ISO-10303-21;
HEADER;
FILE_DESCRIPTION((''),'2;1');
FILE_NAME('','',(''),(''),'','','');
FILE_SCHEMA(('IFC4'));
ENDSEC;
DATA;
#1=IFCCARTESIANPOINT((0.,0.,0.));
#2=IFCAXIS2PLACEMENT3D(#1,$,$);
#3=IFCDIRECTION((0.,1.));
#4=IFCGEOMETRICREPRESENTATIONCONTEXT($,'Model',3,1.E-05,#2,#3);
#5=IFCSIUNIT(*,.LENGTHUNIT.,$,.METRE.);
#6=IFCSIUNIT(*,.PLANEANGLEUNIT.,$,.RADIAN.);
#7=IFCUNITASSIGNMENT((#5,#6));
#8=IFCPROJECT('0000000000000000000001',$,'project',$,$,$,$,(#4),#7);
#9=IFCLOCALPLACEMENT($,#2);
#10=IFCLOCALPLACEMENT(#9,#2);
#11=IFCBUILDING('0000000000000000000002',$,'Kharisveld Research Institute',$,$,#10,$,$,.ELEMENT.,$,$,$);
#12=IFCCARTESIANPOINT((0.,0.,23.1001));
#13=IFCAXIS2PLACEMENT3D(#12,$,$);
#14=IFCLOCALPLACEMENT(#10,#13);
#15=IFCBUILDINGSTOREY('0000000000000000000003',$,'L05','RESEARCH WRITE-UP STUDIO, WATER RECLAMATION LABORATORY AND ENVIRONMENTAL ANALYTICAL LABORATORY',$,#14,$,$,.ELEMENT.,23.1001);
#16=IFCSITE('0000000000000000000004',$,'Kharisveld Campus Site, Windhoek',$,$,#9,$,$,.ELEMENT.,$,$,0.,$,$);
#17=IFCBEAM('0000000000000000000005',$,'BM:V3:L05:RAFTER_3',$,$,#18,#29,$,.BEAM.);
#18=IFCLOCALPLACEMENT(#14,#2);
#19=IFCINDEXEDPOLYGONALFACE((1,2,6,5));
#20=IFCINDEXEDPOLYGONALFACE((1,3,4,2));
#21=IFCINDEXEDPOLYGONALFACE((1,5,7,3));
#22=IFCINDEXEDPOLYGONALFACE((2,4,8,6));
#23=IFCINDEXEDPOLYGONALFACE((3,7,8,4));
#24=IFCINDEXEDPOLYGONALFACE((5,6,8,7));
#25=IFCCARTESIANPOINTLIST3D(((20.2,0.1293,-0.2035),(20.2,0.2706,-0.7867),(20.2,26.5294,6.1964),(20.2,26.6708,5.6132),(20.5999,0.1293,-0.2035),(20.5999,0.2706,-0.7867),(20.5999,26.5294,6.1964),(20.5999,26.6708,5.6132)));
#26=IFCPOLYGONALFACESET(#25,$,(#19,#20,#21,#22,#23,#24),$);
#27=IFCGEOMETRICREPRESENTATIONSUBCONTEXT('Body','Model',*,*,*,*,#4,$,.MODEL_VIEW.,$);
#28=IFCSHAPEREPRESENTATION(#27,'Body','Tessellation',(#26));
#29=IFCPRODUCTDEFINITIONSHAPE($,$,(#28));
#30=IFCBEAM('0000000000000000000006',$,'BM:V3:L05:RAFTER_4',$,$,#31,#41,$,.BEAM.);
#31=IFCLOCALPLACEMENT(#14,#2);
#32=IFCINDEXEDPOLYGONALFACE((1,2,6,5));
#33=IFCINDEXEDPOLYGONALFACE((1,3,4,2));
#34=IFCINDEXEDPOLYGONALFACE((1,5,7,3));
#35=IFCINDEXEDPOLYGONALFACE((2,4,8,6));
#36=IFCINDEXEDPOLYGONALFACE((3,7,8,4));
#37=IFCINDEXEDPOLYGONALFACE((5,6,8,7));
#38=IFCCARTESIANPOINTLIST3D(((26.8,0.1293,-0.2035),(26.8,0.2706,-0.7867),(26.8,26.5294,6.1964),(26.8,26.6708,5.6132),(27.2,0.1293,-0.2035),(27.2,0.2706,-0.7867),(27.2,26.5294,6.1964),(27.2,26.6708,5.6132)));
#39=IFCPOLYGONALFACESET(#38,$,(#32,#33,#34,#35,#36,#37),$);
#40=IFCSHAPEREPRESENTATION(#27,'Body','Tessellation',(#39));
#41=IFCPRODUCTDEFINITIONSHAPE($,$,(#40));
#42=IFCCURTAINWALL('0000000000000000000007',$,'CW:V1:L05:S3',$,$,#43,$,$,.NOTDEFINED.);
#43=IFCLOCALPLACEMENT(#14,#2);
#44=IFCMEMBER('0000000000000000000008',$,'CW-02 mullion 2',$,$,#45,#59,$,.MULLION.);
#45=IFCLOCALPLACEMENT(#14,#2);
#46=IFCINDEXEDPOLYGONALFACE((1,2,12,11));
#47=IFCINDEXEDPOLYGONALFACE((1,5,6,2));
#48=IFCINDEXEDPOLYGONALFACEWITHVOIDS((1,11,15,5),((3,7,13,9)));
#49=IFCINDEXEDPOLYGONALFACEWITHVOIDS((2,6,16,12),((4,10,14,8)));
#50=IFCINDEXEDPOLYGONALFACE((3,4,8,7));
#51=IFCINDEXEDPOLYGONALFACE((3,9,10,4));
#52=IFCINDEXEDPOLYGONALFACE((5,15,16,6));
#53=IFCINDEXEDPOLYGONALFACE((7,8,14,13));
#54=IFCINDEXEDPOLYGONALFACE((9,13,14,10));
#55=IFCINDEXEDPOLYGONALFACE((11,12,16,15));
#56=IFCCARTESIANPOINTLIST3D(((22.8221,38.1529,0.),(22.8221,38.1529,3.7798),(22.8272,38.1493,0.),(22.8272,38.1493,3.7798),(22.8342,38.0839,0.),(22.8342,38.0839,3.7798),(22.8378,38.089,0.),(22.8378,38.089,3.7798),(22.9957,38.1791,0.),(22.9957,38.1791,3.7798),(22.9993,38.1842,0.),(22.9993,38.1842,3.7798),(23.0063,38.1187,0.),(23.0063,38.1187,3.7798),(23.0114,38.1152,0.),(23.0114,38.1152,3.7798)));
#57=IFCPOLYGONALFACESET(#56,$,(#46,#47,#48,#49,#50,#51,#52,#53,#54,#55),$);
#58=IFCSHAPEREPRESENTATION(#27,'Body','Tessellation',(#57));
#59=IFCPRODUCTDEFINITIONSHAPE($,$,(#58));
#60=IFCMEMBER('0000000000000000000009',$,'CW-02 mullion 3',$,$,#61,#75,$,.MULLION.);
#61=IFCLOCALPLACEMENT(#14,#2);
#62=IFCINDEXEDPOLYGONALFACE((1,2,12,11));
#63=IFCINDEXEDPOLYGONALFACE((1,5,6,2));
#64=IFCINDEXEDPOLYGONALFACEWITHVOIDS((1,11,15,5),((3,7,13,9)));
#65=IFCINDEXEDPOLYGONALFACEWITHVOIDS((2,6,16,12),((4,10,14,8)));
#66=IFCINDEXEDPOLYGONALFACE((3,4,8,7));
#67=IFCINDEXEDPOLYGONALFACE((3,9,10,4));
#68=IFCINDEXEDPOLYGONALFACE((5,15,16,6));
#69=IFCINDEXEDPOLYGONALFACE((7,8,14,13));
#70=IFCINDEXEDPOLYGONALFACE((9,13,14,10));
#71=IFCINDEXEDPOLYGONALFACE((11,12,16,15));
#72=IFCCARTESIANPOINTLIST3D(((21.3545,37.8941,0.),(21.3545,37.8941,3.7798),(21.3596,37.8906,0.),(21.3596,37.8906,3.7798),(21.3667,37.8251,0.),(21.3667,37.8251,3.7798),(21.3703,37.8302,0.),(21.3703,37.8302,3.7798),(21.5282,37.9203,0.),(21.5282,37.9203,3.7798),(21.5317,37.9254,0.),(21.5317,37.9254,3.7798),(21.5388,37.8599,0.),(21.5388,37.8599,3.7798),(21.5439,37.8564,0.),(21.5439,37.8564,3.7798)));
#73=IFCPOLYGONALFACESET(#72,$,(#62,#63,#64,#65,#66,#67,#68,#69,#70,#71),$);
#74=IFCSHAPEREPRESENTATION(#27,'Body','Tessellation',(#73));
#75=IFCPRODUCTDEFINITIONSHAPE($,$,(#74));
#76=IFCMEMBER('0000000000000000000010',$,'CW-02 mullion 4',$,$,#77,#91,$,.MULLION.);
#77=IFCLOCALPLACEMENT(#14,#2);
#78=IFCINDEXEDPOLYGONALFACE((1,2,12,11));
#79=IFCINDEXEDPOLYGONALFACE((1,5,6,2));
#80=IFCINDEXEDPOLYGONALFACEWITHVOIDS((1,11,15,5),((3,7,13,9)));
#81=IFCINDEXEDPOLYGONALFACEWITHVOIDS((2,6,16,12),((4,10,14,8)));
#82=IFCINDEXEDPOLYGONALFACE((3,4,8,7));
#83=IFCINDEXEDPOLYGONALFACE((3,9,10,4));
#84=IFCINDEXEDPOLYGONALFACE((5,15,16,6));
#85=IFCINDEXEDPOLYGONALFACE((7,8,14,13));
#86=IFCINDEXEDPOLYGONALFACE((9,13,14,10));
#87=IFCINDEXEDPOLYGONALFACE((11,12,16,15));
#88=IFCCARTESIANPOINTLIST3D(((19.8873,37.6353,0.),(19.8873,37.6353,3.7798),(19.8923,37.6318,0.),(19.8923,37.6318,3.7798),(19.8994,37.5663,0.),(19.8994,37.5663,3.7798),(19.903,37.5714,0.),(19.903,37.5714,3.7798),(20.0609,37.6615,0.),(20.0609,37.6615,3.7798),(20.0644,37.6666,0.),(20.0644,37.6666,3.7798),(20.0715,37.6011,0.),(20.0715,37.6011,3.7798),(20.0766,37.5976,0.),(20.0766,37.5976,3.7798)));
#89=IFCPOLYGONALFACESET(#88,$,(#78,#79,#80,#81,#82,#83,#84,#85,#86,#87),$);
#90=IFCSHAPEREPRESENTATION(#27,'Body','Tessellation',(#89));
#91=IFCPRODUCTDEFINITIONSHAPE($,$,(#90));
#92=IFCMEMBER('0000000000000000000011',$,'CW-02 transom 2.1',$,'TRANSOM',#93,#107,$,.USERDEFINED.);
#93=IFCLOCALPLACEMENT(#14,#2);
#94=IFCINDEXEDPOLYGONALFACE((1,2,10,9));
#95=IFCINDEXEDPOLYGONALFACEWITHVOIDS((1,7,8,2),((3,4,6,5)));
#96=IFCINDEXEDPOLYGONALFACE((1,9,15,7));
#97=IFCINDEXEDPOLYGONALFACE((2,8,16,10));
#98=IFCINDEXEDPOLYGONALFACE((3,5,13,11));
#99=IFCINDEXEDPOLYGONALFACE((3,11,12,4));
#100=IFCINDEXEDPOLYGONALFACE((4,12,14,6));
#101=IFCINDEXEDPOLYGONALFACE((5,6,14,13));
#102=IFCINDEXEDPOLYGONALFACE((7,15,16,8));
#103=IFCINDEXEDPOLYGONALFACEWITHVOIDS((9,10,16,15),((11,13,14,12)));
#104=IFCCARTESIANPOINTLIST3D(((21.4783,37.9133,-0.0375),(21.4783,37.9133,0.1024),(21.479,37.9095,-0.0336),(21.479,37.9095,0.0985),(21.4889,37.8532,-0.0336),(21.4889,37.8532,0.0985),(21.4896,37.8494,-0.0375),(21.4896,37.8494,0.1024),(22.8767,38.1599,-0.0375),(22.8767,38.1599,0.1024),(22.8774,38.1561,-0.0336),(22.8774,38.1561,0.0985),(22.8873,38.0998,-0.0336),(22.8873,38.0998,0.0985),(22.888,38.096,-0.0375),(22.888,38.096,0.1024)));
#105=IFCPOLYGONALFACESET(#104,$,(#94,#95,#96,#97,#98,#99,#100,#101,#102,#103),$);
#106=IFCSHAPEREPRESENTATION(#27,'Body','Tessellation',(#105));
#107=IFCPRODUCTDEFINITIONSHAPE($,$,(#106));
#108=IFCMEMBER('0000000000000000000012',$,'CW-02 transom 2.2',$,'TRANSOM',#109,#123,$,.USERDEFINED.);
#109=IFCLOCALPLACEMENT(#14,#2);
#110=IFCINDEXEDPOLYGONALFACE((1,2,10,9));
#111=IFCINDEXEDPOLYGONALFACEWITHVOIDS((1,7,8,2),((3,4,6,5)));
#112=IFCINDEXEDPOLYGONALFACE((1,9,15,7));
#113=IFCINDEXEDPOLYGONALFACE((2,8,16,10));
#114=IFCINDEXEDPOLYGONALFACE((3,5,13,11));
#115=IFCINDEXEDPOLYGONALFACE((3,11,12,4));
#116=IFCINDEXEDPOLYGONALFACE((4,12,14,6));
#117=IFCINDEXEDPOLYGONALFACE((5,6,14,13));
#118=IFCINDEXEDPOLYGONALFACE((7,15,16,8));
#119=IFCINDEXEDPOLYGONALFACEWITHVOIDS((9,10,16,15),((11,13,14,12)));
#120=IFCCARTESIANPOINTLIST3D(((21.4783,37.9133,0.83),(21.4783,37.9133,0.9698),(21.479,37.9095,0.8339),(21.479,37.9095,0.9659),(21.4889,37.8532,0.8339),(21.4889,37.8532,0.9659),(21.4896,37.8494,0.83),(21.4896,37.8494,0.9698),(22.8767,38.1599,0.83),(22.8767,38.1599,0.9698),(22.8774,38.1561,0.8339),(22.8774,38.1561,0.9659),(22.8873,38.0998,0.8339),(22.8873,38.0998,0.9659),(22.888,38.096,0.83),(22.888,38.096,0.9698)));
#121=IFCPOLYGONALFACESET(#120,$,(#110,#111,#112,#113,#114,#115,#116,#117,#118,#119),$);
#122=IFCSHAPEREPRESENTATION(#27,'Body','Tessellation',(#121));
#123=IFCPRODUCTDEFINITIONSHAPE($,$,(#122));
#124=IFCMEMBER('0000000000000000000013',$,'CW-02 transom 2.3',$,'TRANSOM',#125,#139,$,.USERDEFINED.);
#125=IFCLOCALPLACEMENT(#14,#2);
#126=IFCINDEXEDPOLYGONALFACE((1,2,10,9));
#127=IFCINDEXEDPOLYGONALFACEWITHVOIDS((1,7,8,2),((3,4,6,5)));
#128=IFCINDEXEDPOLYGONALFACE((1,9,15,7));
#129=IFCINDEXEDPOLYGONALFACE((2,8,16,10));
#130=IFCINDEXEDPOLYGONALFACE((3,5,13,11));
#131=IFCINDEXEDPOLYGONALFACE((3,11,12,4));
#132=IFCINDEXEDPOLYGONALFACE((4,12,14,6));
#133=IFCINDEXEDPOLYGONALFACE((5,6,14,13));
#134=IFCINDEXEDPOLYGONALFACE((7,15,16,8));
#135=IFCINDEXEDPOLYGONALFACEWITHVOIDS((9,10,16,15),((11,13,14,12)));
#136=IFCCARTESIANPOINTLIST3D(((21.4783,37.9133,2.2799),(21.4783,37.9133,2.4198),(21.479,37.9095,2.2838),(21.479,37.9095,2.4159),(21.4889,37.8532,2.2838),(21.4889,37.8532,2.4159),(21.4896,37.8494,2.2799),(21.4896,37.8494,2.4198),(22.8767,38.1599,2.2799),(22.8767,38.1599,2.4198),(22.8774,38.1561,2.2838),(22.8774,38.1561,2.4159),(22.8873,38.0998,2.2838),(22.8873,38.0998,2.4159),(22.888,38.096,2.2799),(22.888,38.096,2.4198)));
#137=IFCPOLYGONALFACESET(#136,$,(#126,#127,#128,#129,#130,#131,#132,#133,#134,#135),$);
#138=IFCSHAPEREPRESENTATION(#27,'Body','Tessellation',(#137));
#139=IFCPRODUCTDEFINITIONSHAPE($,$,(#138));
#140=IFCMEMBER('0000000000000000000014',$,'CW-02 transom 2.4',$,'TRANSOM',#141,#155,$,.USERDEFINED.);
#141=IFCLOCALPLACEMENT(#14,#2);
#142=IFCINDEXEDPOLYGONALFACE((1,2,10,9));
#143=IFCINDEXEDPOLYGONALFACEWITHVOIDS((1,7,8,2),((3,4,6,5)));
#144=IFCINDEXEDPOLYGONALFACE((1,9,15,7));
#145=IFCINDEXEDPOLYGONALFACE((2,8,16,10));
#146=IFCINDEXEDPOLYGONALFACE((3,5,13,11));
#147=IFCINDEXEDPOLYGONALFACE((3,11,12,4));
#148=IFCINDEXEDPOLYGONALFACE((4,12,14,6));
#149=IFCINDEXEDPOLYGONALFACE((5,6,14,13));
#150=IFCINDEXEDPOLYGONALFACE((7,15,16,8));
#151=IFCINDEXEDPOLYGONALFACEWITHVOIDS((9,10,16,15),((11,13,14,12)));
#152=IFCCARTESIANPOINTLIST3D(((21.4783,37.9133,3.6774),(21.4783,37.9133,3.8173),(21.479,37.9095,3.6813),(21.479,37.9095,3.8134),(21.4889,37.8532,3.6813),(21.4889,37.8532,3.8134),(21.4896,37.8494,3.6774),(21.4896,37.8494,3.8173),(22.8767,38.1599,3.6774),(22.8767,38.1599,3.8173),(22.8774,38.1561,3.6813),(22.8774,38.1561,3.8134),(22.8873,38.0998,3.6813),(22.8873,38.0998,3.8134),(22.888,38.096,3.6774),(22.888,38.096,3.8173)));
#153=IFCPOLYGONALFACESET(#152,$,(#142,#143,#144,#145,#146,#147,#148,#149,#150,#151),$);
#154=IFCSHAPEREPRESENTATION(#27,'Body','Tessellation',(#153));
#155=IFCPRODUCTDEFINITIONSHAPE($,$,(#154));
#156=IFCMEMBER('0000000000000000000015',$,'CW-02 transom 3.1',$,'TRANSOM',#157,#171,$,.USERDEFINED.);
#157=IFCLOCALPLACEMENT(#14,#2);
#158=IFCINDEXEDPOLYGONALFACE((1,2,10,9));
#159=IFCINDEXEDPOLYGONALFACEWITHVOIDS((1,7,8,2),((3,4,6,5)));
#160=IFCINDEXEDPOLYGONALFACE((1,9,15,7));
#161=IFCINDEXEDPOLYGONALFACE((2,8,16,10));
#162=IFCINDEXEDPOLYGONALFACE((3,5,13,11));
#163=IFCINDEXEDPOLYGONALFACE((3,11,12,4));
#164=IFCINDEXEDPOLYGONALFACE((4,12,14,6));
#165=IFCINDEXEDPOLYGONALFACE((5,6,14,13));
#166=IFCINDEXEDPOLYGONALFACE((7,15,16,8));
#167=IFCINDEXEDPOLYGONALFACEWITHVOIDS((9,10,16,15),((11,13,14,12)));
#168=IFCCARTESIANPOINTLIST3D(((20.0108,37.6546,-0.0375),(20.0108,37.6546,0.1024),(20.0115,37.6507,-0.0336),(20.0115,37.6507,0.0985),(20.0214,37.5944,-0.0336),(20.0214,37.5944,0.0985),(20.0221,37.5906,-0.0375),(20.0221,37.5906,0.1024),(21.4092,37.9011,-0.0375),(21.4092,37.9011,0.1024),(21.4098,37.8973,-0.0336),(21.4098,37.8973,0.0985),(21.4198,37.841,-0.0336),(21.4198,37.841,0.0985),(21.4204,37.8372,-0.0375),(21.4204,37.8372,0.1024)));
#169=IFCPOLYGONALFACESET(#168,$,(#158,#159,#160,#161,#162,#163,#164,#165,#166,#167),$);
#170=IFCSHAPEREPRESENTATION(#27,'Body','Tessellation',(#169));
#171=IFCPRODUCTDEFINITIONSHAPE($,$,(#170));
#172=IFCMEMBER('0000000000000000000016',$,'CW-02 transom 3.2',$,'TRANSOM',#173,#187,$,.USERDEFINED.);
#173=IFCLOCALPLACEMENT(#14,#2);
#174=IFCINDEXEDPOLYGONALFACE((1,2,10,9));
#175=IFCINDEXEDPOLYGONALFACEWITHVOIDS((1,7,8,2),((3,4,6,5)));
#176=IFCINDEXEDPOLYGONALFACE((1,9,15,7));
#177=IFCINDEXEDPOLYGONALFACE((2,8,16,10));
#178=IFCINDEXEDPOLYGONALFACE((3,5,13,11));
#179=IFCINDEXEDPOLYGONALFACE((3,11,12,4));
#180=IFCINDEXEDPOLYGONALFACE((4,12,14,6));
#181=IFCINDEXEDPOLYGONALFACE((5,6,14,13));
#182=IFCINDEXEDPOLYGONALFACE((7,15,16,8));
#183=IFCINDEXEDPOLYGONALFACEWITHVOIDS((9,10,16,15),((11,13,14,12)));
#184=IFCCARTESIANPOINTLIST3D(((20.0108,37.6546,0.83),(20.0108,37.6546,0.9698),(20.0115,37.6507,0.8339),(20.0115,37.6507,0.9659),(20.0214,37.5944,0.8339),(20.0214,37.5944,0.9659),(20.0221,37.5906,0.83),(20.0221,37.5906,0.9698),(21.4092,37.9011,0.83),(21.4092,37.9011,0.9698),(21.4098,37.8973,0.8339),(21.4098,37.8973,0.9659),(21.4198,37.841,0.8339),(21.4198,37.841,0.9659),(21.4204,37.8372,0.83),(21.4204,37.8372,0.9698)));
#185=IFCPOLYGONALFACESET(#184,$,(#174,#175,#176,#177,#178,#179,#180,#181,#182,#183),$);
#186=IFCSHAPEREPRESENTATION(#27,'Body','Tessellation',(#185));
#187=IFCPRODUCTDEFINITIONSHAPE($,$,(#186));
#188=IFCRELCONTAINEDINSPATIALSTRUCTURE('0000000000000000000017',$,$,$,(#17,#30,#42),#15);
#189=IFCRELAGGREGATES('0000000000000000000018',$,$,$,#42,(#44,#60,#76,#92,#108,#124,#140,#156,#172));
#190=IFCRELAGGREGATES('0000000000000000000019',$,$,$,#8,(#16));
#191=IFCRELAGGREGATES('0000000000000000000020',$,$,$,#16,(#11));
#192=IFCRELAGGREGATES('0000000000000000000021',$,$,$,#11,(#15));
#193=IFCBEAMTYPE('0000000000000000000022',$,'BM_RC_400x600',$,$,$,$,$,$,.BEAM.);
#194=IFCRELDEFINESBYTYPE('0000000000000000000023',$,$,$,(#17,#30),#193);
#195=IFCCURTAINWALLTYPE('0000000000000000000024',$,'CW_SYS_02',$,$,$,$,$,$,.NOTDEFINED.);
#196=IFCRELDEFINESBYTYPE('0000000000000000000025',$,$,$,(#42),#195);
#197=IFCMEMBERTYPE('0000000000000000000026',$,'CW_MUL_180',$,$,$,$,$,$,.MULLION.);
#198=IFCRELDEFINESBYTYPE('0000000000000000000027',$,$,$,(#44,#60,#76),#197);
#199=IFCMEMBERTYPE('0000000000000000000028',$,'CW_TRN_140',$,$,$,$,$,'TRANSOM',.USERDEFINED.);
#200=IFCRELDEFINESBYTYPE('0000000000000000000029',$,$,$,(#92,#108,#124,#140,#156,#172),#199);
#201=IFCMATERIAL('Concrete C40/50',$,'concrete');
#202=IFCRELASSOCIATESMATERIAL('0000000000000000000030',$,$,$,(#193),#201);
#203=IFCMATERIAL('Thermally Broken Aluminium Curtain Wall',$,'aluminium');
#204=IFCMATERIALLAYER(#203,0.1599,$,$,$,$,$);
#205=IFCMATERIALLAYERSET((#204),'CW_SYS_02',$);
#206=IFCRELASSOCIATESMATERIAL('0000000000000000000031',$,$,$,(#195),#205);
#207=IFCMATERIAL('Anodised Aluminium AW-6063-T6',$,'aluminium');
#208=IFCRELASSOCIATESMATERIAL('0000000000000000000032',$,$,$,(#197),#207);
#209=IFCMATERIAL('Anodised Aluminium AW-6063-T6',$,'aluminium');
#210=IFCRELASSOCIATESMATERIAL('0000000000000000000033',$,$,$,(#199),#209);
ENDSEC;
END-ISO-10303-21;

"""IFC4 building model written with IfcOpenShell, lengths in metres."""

from ifc_helpers import new_model, si_unit, direction, frame, origin, origin_2d, place, context, subcontext, project, spatial, rectangle, hollow_rectangle, extrude, material, layer, layer_set, material_profile, profile_set, type_object, element, aggregate, save


model = new_model("IFC4")

# Units and contexts
model_context = context("Model", 3, precision=1e-05, world=origin(), true_north=direction((0.0, 1.0)))
body_context = subcontext(model_context, "Body", "Model", "MODEL_VIEW")
ifc_project = project(units=[si_unit("LENGTHUNIT", "METRE"), si_unit("PLANEANGLEUNIT", "RADIAN")], contexts=[model_context])

# Site, building, storey
site_placement = place(None, origin())
site = spatial("IfcSite", under=ifc_project, at=site_placement, Name="Kharisveld Campus Site, Windhoek", CompositionType="ELEMENT", RefElevation=0.0)
building_placement = place(site_placement, origin())
building = spatial("IfcBuilding", under=site, at=building_placement, Name="Kharisveld Research Institute", CompositionType="ELEMENT")
storey_placement = place(building_placement, frame((0.0, 0.0, 23.1001)))
storey = spatial("IfcBuildingStorey", under=building, at=storey_placement, Name="L05", Description="RESEARCH WRITE-UP STUDIO, WATER RECLAMATION LABORATORY AND ENVIRONMENTAL ANALYTICAL LABORATORY", CompositionType="ELEMENT", Elevation=23.1001)

# Beams
ifc_material_1 = material(Name="Concrete C40/50", Category="concrete")
ifc_material_profile_1 = material_profile(ifc_material_1, rectangle(XDim=0.3999, YDim=0.6001, at=origin_2d()))
ifc_profile_set_1 = profile_set([ifc_material_profile_1], Name="Concrete C40/50")
beam_type = type_object("IfcBeamType", Name="BM_RC_400x600", PredefinedType="BEAM", material=ifc_profile_set_1)
for number, where, z_axis, x_axis, name in (
    (1, (20.3999, 0.2, -0.4951), (0.0, 0.971851, 0.235595), (-1.0, 0.0, 0.0), "BM:V3:L05:RAFTER_3"),
    (2, (27.0, 0.2, -0.4951), (0.0, 0.971851, 0.235595), (-1.0, 0.0, 0.0), "BM:V3:L05:RAFTER_4"),
):
    element("IfcBeam", number, at=place(storey_placement, frame(where, z_axis=z_axis, x_axis=x_axis)), inside=storey, type_object=beam_type, Name=name, PredefinedType="BEAM", context=body_context, shape_type="SweptSolid", body=[
        extrude(rectangle(XDim=0.3999, YDim=0.6001, at=origin_2d()), origin(), (0.0, 0.0, 1.0), 27.1648),
    ])

# Curtain wall, members
ifc_material_2 = material(Name="Thermally Broken Aluminium Curtain Wall", Category="aluminium")
ifc_layer_1 = layer(ifc_material_2, 0.1599)
ifc_layer_set_1 = layer_set([ifc_layer_1], Name="CW_SYS_02")
curtain_wall_type = type_object("IfcCurtainWallType", Name="CW_SYS_02", PredefinedType="NOTDEFINED", material=ifc_layer_set_1)
curtain_wall_placement = place(storey_placement, origin())
curtain_wall = element("IfcCurtainWall", 3, at=curtain_wall_placement, inside=storey, type_object=curtain_wall_type, Name="CW:V1:L05:S3", PredefinedType="NOTDEFINED")
ifc_material_3 = material(Name="Anodised Aluminium AW-6063-T6", Category="aluminium")
ifc_material_profile_2 = material_profile(ifc_material_3, hollow_rectangle(XDim=0.0701, YDim=0.1799, WallThickness=0.0044, at=origin_2d()))
ifc_profile_set_2 = profile_set([ifc_material_profile_2], Name="Anodised Aluminium AW-6063-T6")
member_type_1 = type_object("IfcMemberType", Name="CW_MUL_180", PredefinedType="MULLION", material=ifc_profile_set_2)
member_1_placement = place(storey_placement, frame((22.9167, 38.134, 0.0), z_axis=(0.0, 0.0, 1.0), x_axis=(0.173648, -0.984808, 0.0)))
member_1 = element("IfcMember", 4, at=member_1_placement, type_object=member_type_1, Name="CW-02 mullion 2", PredefinedType="MULLION", context=body_context, shape_type="SweptSolid", body=[
    extrude(hollow_rectangle(XDim=0.0701, YDim=0.1799, WallThickness=0.0044, at=origin_2d()), origin(), (0.0, 0.0, 1.0), 3.7798),
])
member_2_placement = place(storey_placement, frame((21.4492, 37.8752, 0.0), z_axis=(0.0, 0.0, 1.0), x_axis=(0.173648, -0.984808, 0.0)))
member_2 = element("IfcMember", 5, at=member_2_placement, type_object=member_type_1, Name="CW-02 mullion 3", PredefinedType="MULLION", context=body_context, shape_type="SweptSolid", body=[
    extrude(hollow_rectangle(XDim=0.0701, YDim=0.1799, WallThickness=0.0044, at=origin_2d()), origin(), (0.0, 0.0, 1.0), 3.7798),
])
member_3_placement = place(storey_placement, frame((19.9819, 37.6165, 0.0), z_axis=(0.0, 0.0, 1.0), x_axis=(0.173648, -0.984808, 0.0)))
member_3 = element("IfcMember", 6, at=member_3_placement, type_object=member_type_1, Name="CW-02 mullion 4", PredefinedType="MULLION", context=body_context, shape_type="SweptSolid", body=[
    extrude(hollow_rectangle(XDim=0.0701, YDim=0.1799, WallThickness=0.0044, at=origin_2d()), origin(), (0.0, 0.0, 1.0), 3.7798),
])
ifc_material_4 = material(Name="Anodised Aluminium AW-6063-T6", Category="aluminium")
ifc_material_profile_3 = material_profile(ifc_material_4, hollow_rectangle(XDim=0.0649, YDim=0.1399, WallThickness=0.0039, at=origin_2d()))
ifc_profile_set_3 = profile_set([ifc_material_profile_3], Name="Anodised Aluminium AW-6063-T6")
member_type_2 = type_object("IfcMemberType", Name="CW_TRN_140", ElementType="TRANSOM", PredefinedType="USERDEFINED", material=ifc_profile_set_3)
member_4_placement = place(storey_placement, frame((22.8823, 38.1279, 0.0325), z_axis=(-0.984808, -0.173648, 0.0), x_axis=(0.173648, -0.984808, 0.0)))
member_4 = element("IfcMember", 7, at=member_4_placement, type_object=member_type_2, Name="CW-02 transom 2.1", ObjectType="TRANSOM", PredefinedType="USERDEFINED", context=body_context, shape_type="SweptSolid", body=[
    extrude(hollow_rectangle(XDim=0.0649, YDim=0.1399, WallThickness=0.0039, at=origin_2d()), origin(), (0.0, 0.0, 1.0), 1.4199),
])
member_5_placement = place(storey_placement, frame((22.8823, 38.1279, 0.8999), z_axis=(-0.984808, -0.173648, 0.0), x_axis=(0.173648, -0.984808, 0.0)))
member_5 = element("IfcMember", 8, at=member_5_placement, type_object=member_type_2, Name="CW-02 transom 2.2", ObjectType="TRANSOM", PredefinedType="USERDEFINED", context=body_context, shape_type="SweptSolid", body=[
    extrude(hollow_rectangle(XDim=0.0649, YDim=0.1399, WallThickness=0.0039, at=origin_2d()), origin(), (0.0, 0.0, 1.0), 1.4199),
])
member_6_placement = place(storey_placement, frame((22.8823, 38.1279, 2.3499), z_axis=(-0.984808, -0.173648, 0.0), x_axis=(0.173648, -0.984808, 0.0)))
member_6 = element("IfcMember", 9, at=member_6_placement, type_object=member_type_2, Name="CW-02 transom 2.3", ObjectType="TRANSOM", PredefinedType="USERDEFINED", context=body_context, shape_type="SweptSolid", body=[
    extrude(hollow_rectangle(XDim=0.0649, YDim=0.1399, WallThickness=0.0039, at=origin_2d()), origin(), (0.0, 0.0, 1.0), 1.4199),
])
member_7_placement = place(storey_placement, frame((22.8823, 38.1279, 3.7473), z_axis=(-0.984808, -0.173648, 0.0), x_axis=(0.173648, -0.984808, 0.0)))
member_7 = element("IfcMember", 10, at=member_7_placement, type_object=member_type_2, Name="CW-02 transom 2.4", ObjectType="TRANSOM", PredefinedType="USERDEFINED", context=body_context, shape_type="SweptSolid", body=[
    extrude(hollow_rectangle(XDim=0.0649, YDim=0.1399, WallThickness=0.0039, at=origin_2d()), origin(), (0.0, 0.0, 1.0), 1.4199),
])
member_8_placement = place(storey_placement, frame((21.4148, 37.8691, 0.0325), z_axis=(-0.984808, -0.173648, 0.0), x_axis=(0.173648, -0.984808, 0.0)))
member_8 = element("IfcMember", 11, at=member_8_placement, type_object=member_type_2, Name="CW-02 transom 3.1", ObjectType="TRANSOM", PredefinedType="USERDEFINED", context=body_context, shape_type="SweptSolid", body=[
    extrude(hollow_rectangle(XDim=0.0649, YDim=0.1399, WallThickness=0.0039, at=origin_2d()), origin(), (0.0, 0.0, 1.0), 1.4199),
])
member_9_placement = place(storey_placement, frame((21.4148, 37.8691, 0.8999), z_axis=(-0.984808, -0.173648, 0.0), x_axis=(0.173648, -0.984808, 0.0)))
member_9 = element("IfcMember", 12, at=member_9_placement, type_object=member_type_2, Name="CW-02 transom 3.2", ObjectType="TRANSOM", PredefinedType="USERDEFINED", context=body_context, shape_type="SweptSolid", body=[
    extrude(hollow_rectangle(XDim=0.0649, YDim=0.1399, WallThickness=0.0039, at=origin_2d()), origin(), (0.0, 0.0, 1.0), 1.4199),
])
aggregate(curtain_wall, [member_1, member_2, member_3, member_4, member_5, member_6, member_7, member_8, member_9])

save(model, "model.ifc")
